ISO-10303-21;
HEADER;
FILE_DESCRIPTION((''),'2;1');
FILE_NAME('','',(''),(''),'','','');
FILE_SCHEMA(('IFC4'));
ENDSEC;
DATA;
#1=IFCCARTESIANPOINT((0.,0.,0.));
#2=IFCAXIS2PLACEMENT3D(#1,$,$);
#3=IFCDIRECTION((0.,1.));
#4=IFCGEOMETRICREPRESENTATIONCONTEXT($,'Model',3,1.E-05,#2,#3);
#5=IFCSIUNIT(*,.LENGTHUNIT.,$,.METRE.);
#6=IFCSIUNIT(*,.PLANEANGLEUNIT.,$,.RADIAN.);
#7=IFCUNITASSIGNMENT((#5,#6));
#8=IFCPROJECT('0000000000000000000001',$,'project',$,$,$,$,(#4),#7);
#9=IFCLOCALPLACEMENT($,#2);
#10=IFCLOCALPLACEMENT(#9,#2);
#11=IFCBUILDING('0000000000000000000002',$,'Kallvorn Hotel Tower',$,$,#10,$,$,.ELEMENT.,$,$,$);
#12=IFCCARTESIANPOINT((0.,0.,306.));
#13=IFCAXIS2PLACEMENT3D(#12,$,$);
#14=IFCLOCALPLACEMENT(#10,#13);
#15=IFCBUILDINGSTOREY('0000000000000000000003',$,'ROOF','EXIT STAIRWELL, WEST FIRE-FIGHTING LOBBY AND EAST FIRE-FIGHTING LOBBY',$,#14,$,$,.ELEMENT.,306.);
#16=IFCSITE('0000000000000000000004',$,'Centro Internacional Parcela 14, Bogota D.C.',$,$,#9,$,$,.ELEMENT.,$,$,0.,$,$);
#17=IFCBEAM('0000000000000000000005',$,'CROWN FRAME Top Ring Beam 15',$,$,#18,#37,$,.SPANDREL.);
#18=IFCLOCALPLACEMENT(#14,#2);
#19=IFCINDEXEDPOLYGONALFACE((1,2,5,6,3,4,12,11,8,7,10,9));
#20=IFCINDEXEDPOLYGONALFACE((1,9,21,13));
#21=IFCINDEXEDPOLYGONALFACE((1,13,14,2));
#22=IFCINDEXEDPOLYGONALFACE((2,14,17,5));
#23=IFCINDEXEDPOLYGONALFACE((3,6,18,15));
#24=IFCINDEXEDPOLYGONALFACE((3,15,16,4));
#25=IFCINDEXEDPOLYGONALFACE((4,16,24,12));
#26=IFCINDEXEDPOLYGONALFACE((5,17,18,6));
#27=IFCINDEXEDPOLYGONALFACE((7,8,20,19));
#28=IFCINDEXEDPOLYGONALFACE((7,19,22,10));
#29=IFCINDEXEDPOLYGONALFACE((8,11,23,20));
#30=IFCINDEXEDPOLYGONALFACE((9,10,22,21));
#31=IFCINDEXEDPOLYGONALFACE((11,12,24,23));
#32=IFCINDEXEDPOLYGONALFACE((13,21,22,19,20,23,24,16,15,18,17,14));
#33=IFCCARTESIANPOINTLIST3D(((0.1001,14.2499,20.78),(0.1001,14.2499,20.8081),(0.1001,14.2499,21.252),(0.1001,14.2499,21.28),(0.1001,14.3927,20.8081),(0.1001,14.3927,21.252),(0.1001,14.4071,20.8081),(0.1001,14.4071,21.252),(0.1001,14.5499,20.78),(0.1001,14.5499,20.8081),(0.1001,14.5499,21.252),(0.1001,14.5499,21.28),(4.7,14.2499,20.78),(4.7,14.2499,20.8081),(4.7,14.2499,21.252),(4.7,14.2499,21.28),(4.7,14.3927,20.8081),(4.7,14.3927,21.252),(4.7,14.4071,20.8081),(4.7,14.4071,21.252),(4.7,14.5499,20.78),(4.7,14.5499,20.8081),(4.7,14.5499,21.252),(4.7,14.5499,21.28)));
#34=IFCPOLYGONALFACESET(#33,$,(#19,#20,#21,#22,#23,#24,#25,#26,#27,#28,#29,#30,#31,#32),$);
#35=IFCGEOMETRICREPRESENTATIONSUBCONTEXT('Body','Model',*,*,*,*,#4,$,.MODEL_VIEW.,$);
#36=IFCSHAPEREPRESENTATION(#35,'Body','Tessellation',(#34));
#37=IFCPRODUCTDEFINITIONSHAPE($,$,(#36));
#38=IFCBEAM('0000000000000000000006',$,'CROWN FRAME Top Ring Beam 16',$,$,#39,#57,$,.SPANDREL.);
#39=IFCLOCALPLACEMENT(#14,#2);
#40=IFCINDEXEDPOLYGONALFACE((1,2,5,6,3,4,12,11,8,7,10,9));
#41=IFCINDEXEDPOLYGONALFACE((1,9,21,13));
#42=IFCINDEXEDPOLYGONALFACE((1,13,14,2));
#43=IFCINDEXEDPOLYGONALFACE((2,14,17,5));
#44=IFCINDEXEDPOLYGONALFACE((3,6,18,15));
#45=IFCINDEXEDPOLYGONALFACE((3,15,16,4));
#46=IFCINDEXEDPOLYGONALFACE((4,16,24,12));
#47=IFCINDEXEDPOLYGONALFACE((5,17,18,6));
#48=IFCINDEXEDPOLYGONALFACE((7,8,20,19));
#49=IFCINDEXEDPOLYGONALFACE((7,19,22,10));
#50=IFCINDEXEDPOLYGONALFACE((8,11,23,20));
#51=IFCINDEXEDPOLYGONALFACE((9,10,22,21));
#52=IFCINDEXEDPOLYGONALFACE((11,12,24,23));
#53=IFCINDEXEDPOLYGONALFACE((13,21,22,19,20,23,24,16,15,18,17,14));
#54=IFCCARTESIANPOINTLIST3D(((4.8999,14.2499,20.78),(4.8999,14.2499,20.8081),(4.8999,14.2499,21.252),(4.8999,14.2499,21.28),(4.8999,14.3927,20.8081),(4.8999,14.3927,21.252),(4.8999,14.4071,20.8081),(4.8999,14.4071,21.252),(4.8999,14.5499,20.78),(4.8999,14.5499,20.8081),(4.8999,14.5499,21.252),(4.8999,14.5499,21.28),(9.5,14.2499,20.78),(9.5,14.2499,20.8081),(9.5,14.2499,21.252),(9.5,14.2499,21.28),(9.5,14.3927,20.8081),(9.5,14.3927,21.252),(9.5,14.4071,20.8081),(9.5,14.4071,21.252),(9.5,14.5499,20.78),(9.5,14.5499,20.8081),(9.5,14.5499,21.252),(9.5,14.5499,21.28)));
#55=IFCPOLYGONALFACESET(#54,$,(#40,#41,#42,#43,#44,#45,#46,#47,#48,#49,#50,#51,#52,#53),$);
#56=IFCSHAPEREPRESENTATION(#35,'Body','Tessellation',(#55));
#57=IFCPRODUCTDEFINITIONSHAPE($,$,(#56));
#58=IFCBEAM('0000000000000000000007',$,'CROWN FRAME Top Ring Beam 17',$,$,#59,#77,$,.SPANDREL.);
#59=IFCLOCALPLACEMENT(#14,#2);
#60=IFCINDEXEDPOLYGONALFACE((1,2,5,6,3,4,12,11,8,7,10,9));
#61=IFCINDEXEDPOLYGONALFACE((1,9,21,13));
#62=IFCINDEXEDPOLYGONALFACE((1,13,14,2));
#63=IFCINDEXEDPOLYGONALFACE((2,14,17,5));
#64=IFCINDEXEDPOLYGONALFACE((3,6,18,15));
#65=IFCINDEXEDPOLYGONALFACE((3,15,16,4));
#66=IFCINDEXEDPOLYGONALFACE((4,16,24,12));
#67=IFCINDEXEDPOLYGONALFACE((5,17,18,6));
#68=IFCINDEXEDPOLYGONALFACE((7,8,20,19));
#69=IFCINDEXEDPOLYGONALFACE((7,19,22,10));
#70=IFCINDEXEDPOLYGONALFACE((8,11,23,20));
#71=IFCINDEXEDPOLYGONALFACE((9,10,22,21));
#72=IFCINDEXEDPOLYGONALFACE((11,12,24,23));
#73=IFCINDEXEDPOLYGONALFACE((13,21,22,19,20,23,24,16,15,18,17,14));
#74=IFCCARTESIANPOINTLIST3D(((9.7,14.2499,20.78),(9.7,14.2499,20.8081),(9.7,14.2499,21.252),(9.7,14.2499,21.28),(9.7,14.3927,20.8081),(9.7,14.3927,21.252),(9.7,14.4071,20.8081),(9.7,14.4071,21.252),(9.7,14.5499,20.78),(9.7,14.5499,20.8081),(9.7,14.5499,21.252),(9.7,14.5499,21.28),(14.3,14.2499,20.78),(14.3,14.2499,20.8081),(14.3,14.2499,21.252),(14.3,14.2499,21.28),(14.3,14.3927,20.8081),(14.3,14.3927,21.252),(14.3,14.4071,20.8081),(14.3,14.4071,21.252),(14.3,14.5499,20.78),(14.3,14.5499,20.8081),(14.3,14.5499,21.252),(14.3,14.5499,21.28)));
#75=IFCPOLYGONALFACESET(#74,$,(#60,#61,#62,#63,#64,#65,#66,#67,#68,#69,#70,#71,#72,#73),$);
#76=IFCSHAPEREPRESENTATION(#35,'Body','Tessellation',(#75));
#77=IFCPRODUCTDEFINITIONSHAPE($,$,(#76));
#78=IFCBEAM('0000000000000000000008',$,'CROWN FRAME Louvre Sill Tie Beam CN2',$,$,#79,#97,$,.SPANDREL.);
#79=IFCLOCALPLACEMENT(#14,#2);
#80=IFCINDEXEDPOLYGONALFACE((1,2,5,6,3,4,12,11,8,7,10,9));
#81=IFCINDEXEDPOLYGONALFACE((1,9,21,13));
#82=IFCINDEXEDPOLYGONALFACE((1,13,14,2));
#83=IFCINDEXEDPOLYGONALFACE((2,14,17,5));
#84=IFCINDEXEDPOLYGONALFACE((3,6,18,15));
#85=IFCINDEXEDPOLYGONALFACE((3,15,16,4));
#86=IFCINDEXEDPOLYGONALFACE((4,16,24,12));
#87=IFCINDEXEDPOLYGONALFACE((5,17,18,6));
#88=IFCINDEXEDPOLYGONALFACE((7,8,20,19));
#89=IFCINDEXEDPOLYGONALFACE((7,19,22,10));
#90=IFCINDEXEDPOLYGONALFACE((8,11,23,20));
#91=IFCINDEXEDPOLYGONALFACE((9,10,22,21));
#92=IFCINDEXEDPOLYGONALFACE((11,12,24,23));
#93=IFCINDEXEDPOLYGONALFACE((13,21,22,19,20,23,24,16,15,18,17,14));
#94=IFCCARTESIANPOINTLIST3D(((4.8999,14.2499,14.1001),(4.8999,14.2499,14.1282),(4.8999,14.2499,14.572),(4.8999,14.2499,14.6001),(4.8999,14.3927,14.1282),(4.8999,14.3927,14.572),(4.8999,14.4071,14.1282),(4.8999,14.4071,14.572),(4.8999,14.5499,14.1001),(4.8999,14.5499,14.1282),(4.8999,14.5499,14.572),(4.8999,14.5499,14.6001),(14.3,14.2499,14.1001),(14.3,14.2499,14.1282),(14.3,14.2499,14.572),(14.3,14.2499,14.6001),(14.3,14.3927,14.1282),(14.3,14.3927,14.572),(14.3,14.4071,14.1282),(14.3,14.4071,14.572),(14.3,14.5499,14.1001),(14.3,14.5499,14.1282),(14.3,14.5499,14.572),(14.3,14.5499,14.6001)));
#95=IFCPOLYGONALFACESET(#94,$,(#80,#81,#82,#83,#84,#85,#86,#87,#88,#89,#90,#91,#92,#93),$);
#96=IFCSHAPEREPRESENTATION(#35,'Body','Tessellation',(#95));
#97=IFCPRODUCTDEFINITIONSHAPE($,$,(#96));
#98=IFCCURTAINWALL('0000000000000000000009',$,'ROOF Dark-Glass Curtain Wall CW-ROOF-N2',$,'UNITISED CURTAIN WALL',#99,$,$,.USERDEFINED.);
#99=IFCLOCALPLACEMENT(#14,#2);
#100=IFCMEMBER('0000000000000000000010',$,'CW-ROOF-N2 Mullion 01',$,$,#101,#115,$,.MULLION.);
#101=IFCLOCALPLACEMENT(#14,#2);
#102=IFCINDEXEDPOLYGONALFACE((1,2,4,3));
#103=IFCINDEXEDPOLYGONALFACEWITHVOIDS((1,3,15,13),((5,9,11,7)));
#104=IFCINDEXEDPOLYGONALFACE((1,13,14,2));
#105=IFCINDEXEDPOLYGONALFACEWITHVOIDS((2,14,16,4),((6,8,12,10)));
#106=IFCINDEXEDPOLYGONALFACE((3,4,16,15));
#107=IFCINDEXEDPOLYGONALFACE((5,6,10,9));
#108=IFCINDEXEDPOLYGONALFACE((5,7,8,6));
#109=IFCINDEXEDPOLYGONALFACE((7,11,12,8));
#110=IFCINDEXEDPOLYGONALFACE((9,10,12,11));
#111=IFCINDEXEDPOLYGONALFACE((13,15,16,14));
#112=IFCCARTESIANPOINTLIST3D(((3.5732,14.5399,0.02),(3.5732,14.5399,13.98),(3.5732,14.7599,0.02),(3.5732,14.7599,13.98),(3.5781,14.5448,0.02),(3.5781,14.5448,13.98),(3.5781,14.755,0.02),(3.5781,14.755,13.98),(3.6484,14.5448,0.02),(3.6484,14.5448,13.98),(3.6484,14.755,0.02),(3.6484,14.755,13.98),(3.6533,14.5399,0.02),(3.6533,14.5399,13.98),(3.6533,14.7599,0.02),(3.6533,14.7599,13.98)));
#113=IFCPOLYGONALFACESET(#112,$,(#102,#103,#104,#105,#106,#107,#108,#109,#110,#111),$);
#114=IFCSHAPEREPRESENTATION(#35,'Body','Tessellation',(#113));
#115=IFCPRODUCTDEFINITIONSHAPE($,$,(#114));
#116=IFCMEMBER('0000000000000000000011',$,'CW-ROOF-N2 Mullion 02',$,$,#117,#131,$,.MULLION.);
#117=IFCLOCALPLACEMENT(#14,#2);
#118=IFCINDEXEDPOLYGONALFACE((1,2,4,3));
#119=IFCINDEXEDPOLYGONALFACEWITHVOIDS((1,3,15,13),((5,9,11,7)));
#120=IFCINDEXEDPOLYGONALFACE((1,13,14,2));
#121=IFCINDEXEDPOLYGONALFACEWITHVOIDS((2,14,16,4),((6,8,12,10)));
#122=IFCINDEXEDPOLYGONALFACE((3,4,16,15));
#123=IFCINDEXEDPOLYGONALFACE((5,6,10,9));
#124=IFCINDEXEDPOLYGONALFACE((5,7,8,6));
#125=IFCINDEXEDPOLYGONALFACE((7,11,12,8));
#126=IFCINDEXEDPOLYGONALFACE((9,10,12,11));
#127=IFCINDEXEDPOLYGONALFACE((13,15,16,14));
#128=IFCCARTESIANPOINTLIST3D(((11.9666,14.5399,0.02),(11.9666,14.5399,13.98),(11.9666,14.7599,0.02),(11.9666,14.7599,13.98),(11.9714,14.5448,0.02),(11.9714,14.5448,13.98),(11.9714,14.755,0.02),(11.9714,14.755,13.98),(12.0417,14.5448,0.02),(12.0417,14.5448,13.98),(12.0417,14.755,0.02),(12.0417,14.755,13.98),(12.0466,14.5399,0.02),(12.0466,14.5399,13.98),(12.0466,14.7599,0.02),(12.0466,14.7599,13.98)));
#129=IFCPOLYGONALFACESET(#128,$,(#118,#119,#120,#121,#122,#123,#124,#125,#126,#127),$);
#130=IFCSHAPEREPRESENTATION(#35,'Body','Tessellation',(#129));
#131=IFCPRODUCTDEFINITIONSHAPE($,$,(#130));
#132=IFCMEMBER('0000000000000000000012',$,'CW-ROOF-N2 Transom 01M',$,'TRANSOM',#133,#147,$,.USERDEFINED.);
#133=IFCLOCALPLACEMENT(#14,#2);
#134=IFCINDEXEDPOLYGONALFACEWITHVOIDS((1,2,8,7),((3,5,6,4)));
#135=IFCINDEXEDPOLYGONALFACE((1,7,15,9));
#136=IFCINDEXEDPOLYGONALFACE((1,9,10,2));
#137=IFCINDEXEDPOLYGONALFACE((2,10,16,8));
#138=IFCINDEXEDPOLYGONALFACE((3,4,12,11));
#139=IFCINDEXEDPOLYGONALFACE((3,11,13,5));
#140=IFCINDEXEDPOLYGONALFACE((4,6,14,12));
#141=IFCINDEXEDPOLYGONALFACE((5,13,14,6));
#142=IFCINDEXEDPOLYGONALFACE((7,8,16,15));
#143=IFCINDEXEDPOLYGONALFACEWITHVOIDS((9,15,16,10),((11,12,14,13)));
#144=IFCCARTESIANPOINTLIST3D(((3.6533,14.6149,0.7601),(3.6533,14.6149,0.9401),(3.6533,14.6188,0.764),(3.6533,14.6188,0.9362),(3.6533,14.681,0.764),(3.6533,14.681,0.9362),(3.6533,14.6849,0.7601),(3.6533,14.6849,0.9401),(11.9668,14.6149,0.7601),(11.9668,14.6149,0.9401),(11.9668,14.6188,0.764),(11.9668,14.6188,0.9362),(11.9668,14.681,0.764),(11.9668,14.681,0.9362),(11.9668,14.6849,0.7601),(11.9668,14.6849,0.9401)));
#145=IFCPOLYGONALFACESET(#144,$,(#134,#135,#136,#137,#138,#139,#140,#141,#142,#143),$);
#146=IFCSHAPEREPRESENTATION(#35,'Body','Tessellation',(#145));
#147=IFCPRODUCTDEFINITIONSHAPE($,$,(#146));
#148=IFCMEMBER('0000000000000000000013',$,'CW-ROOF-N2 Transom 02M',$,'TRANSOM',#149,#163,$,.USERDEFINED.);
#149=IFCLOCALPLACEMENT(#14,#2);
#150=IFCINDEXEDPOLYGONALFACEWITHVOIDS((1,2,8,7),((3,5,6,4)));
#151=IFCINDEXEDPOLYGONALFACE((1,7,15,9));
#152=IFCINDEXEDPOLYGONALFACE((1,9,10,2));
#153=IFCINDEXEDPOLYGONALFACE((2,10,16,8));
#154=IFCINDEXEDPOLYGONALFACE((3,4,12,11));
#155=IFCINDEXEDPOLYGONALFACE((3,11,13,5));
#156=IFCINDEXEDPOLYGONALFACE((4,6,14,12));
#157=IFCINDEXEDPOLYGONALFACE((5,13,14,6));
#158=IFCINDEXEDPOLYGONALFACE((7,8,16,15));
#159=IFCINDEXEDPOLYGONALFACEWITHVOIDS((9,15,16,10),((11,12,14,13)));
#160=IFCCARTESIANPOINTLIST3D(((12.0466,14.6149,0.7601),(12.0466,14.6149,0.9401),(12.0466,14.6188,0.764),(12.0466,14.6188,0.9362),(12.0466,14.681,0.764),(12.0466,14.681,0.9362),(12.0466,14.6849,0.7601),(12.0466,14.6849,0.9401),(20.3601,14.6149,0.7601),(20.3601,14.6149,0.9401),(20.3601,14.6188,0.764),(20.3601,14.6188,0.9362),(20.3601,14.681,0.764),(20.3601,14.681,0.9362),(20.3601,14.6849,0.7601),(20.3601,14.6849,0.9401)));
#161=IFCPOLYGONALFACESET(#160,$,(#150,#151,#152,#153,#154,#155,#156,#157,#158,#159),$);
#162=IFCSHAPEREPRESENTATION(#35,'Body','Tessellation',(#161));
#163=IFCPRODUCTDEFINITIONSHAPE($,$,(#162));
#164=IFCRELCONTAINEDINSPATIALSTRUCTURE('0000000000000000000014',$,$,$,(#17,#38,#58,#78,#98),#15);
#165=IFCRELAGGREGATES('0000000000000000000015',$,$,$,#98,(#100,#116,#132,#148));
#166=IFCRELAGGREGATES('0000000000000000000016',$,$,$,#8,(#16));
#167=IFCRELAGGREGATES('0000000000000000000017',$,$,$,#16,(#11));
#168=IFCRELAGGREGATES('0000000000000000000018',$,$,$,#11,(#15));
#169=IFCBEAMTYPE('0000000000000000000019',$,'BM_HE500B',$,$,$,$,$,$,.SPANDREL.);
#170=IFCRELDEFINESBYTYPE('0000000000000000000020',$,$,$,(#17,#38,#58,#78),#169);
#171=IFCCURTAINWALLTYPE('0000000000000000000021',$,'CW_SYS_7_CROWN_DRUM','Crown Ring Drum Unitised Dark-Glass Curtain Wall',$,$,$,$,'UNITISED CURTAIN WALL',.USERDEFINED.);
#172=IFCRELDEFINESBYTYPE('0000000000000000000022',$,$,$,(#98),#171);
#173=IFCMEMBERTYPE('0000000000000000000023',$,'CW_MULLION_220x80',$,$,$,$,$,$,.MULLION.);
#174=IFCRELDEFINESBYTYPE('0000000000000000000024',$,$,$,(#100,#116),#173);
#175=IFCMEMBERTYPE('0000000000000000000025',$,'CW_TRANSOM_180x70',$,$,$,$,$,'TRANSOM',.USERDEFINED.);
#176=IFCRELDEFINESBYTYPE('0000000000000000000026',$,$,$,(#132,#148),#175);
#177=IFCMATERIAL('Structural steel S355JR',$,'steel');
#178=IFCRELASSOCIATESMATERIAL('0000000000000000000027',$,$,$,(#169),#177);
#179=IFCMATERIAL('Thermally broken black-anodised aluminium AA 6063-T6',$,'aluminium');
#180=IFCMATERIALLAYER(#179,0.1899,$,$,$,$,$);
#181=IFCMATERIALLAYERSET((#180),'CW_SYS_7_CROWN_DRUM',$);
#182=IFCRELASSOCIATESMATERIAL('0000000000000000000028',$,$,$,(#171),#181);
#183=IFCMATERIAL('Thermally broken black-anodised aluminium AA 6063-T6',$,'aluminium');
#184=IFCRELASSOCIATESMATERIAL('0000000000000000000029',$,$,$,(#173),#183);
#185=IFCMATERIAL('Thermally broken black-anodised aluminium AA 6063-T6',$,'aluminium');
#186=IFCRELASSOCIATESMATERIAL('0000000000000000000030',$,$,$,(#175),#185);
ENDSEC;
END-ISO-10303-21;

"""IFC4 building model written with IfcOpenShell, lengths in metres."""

from ifc_helpers import new_model, si_unit, direction, frame, origin, origin_2d, place, context, subcontext, project, spatial, hollow_rectangle, i_section, extrude, material, layer, layer_set, material_profile, profile_set, type_object, element, aggregate, save


model = new_model("IFC4")

# Units and contexts
model_context = context("Model", 3, precision=1e-05, world=origin(), true_north=direction((0.0, 1.0)))
body_context = subcontext(model_context, "Body", "Model", "MODEL_VIEW")
ifc_project = project(units=[si_unit("LENGTHUNIT", "METRE"), si_unit("PLANEANGLEUNIT", "RADIAN")], contexts=[model_context])

# Site, building, storey
site_placement = place(None, origin())
site = spatial("IfcSite", under=ifc_project, at=site_placement, Name="Centro Internacional Parcela 14, Bogota D.C.", CompositionType="ELEMENT", RefElevation=0.0)
building_placement = place(site_placement, origin())
building = spatial("IfcBuilding", under=site, at=building_placement, Name="Kallvorn Hotel Tower", CompositionType="ELEMENT")
storey_placement = place(building_placement, frame((0.0, 0.0, 306.0)))
storey = spatial("IfcBuildingStorey", under=building, at=storey_placement, Name="ROOF", Description="EXIT STAIRWELL, WEST FIRE-FIGHTING LOBBY AND EAST FIRE-FIGHTING LOBBY", CompositionType="ELEMENT", Elevation=306.0)

# Beams
ifc_material_1 = material(Name="Structural steel S355JR", Category="steel")
ifc_material_profile_1 = material_profile(ifc_material_1, i_section(OverallWidth=0.3, OverallDepth=0.5, WebThickness=0.0144, FlangeThickness=0.0281, at=origin_2d()), Name="HE 500 B")
ifc_profile_set_1 = profile_set([ifc_material_profile_1], Name="Structural steel S355JR")
beam_type = type_object("IfcBeamType", Name="BM_HE500B", PredefinedType="SPANDREL", material=ifc_profile_set_1)
beam_1_placement = place(storey_placement, frame((0.1001, 14.3999, 21.03), z_axis=(1.0, 0.0, 0.0), x_axis=(0.0, 1.0, 0.0)))
element("IfcBeam", 1, at=beam_1_placement, inside=storey, type_object=beam_type, Name="CROWN FRAME Top Ring Beam 15", PredefinedType="SPANDREL", context=body_context, shape_type="SweptSolid", body=[
    extrude(i_section(OverallWidth=0.3, OverallDepth=0.5, WebThickness=0.0144, FlangeThickness=0.0281, at=origin_2d()), origin(), (0.0, 0.0, 1.0), 4.5999),
])
for number, where, z_axis, x_axis, name in (
    (2, (4.8999, 14.3999, 21.03), (1.0, 0.0, 0.0), (0.0, 1.0, 0.0), "CROWN FRAME Top Ring Beam 16"),
    (3, (9.7, 14.3999, 21.03), (1.0, 0.0, 0.0), (0.0, 1.0, 0.0), "CROWN FRAME Top Ring Beam 17"),
):
    element("IfcBeam", number, at=place(storey_placement, frame(where, z_axis=z_axis, x_axis=x_axis)), inside=storey, type_object=beam_type, Name=name, PredefinedType="SPANDREL", context=body_context, shape_type="SweptSolid", body=[
        extrude(i_section(OverallWidth=0.3, OverallDepth=0.5, WebThickness=0.0144, FlangeThickness=0.0281, at=origin_2d()), origin(), (0.0, 0.0, 1.0), 4.6001),
    ])
beam_2_placement = place(storey_placement, frame((4.8999, 14.3999, 14.3501), z_axis=(1.0, 0.0, 0.0), x_axis=(0.0, 1.0, 0.0)))
element("IfcBeam", 4, at=beam_2_placement, inside=storey, type_object=beam_type, Name="CROWN FRAME Louvre Sill Tie Beam CN2", PredefinedType="SPANDREL", context=body_context, shape_type="SweptSolid", body=[
    extrude(i_section(OverallWidth=0.3, OverallDepth=0.5, WebThickness=0.0144, FlangeThickness=0.0281, at=origin_2d()), origin(), (0.0, 0.0, 1.0), 9.4001),
])

# Curtain wall, members
ifc_material_2 = material(Name="Thermally broken black-anodised aluminium AA 6063-T6", Category="aluminium")
ifc_layer_1 = layer(ifc_material_2, 0.1899)
ifc_layer_set_1 = layer_set([ifc_layer_1], Name="CW_SYS_7_CROWN_DRUM")
curtain_wall_type = type_object("IfcCurtainWallType", Name="CW_SYS_7_CROWN_DRUM", Description="Crown Ring Drum Unitised Dark-Glass Curtain Wall", ElementType="UNITISED CURTAIN WALL", PredefinedType="USERDEFINED", material=ifc_layer_set_1)
curtain_wall_placement = place(storey_placement, origin())
curtain_wall = element("IfcCurtainWall", 5, at=curtain_wall_placement, inside=storey, type_object=curtain_wall_type, Name="ROOF Dark-Glass Curtain Wall CW-ROOF-N2", ObjectType="UNITISED CURTAIN WALL", PredefinedType="USERDEFINED")
ifc_material_3 = material(Name="Thermally broken black-anodised aluminium AA 6063-T6", Category="aluminium")
ifc_material_profile_2 = material_profile(ifc_material_3, hollow_rectangle(XDim=0.0801, YDim=0.22, WallThickness=0.0049, at=origin_2d()), Name="MUL 220x80")
ifc_profile_set_2 = profile_set([ifc_material_profile_2], Name="Thermally broken black-anodised aluminium AA 6063-T6")
member_type_1 = type_object("IfcMemberType", Name="CW_MULLION_220x80", PredefinedType="MULLION", material=ifc_profile_set_2)
member_1_placement = place(storey_placement, frame((3.6133, 14.6499, 0.02), z_axis=(0.0, 0.0, 1.0), x_axis=(1.0, 0.0, 0.0)))
member_1 = element("IfcMember", 6, at=member_1_placement, type_object=member_type_1, Name="CW-ROOF-N2 Mullion 01", PredefinedType="MULLION", context=body_context, shape_type="SweptSolid", body=[
    extrude(hollow_rectangle(XDim=0.0801, YDim=0.22, WallThickness=0.0049, at=origin_2d()), origin(), (0.0, 0.0, 1.0), 13.96),
])
member_2_placement = place(storey_placement, frame((12.0066, 14.6499, 0.02), z_axis=(0.0, 0.0, 1.0), x_axis=(1.0, 0.0, 0.0)))
member_2 = element("IfcMember", 7, at=member_2_placement, type_object=member_type_1, Name="CW-ROOF-N2 Mullion 02", PredefinedType="MULLION", context=body_context, shape_type="SweptSolid", body=[
    extrude(hollow_rectangle(XDim=0.0801, YDim=0.22, WallThickness=0.0049, at=origin_2d()), origin(), (0.0, 0.0, 1.0), 13.96),
])
ifc_material_4 = material(Name="Thermally broken black-anodised aluminium AA 6063-T6", Category="aluminium")
ifc_material_profile_3 = material_profile(ifc_material_4, hollow_rectangle(XDim=0.0701, YDim=0.1799, WallThickness=0.0039, at=origin_2d()), Name="TRN 180x70")
ifc_profile_set_3 = profile_set([ifc_material_profile_3], Name="Thermally broken black-anodised aluminium AA 6063-T6")
member_type_2 = type_object("IfcMemberType", Name="CW_TRANSOM_180x70", ElementType="TRANSOM", PredefinedType="USERDEFINED", material=ifc_profile_set_3)
member_3_placement = place(storey_placement, frame((3.6533, 14.6499, 0.8501), z_axis=(1.0, 0.0, 0.0), x_axis=(0.0, 1.0, 0.0)))
member_3 = element("IfcMember", 8, at=member_3_placement, type_object=member_type_2, Name="CW-ROOF-N2 Transom 01M", ObjectType="TRANSOM", PredefinedType="USERDEFINED", context=body_context, shape_type="SweptSolid", body=[
    extrude(hollow_rectangle(XDim=0.0701, YDim=0.1799, WallThickness=0.0039, at=origin_2d()), origin(), (0.0, 0.0, 1.0), 8.3135),
])
member_4_placement = place(storey_placement, frame((12.0466, 14.6499, 0.8501), z_axis=(1.0, 0.0, 0.0), x_axis=(0.0, 1.0, 0.0)))
member_4 = element("IfcMember", 9, at=member_4_placement, type_object=member_type_2, Name="CW-ROOF-N2 Transom 02M", ObjectType="TRANSOM", PredefinedType="USERDEFINED", context=body_context, shape_type="SweptSolid", body=[
    extrude(hollow_rectangle(XDim=0.0701, YDim=0.1799, WallThickness=0.0039, at=origin_2d()), origin(), (0.0, 0.0, 1.0), 8.3135),
])

aggregate(curtain_wall, [member_1, member_2, member_3, member_4])

save(model, "model.ifc")
